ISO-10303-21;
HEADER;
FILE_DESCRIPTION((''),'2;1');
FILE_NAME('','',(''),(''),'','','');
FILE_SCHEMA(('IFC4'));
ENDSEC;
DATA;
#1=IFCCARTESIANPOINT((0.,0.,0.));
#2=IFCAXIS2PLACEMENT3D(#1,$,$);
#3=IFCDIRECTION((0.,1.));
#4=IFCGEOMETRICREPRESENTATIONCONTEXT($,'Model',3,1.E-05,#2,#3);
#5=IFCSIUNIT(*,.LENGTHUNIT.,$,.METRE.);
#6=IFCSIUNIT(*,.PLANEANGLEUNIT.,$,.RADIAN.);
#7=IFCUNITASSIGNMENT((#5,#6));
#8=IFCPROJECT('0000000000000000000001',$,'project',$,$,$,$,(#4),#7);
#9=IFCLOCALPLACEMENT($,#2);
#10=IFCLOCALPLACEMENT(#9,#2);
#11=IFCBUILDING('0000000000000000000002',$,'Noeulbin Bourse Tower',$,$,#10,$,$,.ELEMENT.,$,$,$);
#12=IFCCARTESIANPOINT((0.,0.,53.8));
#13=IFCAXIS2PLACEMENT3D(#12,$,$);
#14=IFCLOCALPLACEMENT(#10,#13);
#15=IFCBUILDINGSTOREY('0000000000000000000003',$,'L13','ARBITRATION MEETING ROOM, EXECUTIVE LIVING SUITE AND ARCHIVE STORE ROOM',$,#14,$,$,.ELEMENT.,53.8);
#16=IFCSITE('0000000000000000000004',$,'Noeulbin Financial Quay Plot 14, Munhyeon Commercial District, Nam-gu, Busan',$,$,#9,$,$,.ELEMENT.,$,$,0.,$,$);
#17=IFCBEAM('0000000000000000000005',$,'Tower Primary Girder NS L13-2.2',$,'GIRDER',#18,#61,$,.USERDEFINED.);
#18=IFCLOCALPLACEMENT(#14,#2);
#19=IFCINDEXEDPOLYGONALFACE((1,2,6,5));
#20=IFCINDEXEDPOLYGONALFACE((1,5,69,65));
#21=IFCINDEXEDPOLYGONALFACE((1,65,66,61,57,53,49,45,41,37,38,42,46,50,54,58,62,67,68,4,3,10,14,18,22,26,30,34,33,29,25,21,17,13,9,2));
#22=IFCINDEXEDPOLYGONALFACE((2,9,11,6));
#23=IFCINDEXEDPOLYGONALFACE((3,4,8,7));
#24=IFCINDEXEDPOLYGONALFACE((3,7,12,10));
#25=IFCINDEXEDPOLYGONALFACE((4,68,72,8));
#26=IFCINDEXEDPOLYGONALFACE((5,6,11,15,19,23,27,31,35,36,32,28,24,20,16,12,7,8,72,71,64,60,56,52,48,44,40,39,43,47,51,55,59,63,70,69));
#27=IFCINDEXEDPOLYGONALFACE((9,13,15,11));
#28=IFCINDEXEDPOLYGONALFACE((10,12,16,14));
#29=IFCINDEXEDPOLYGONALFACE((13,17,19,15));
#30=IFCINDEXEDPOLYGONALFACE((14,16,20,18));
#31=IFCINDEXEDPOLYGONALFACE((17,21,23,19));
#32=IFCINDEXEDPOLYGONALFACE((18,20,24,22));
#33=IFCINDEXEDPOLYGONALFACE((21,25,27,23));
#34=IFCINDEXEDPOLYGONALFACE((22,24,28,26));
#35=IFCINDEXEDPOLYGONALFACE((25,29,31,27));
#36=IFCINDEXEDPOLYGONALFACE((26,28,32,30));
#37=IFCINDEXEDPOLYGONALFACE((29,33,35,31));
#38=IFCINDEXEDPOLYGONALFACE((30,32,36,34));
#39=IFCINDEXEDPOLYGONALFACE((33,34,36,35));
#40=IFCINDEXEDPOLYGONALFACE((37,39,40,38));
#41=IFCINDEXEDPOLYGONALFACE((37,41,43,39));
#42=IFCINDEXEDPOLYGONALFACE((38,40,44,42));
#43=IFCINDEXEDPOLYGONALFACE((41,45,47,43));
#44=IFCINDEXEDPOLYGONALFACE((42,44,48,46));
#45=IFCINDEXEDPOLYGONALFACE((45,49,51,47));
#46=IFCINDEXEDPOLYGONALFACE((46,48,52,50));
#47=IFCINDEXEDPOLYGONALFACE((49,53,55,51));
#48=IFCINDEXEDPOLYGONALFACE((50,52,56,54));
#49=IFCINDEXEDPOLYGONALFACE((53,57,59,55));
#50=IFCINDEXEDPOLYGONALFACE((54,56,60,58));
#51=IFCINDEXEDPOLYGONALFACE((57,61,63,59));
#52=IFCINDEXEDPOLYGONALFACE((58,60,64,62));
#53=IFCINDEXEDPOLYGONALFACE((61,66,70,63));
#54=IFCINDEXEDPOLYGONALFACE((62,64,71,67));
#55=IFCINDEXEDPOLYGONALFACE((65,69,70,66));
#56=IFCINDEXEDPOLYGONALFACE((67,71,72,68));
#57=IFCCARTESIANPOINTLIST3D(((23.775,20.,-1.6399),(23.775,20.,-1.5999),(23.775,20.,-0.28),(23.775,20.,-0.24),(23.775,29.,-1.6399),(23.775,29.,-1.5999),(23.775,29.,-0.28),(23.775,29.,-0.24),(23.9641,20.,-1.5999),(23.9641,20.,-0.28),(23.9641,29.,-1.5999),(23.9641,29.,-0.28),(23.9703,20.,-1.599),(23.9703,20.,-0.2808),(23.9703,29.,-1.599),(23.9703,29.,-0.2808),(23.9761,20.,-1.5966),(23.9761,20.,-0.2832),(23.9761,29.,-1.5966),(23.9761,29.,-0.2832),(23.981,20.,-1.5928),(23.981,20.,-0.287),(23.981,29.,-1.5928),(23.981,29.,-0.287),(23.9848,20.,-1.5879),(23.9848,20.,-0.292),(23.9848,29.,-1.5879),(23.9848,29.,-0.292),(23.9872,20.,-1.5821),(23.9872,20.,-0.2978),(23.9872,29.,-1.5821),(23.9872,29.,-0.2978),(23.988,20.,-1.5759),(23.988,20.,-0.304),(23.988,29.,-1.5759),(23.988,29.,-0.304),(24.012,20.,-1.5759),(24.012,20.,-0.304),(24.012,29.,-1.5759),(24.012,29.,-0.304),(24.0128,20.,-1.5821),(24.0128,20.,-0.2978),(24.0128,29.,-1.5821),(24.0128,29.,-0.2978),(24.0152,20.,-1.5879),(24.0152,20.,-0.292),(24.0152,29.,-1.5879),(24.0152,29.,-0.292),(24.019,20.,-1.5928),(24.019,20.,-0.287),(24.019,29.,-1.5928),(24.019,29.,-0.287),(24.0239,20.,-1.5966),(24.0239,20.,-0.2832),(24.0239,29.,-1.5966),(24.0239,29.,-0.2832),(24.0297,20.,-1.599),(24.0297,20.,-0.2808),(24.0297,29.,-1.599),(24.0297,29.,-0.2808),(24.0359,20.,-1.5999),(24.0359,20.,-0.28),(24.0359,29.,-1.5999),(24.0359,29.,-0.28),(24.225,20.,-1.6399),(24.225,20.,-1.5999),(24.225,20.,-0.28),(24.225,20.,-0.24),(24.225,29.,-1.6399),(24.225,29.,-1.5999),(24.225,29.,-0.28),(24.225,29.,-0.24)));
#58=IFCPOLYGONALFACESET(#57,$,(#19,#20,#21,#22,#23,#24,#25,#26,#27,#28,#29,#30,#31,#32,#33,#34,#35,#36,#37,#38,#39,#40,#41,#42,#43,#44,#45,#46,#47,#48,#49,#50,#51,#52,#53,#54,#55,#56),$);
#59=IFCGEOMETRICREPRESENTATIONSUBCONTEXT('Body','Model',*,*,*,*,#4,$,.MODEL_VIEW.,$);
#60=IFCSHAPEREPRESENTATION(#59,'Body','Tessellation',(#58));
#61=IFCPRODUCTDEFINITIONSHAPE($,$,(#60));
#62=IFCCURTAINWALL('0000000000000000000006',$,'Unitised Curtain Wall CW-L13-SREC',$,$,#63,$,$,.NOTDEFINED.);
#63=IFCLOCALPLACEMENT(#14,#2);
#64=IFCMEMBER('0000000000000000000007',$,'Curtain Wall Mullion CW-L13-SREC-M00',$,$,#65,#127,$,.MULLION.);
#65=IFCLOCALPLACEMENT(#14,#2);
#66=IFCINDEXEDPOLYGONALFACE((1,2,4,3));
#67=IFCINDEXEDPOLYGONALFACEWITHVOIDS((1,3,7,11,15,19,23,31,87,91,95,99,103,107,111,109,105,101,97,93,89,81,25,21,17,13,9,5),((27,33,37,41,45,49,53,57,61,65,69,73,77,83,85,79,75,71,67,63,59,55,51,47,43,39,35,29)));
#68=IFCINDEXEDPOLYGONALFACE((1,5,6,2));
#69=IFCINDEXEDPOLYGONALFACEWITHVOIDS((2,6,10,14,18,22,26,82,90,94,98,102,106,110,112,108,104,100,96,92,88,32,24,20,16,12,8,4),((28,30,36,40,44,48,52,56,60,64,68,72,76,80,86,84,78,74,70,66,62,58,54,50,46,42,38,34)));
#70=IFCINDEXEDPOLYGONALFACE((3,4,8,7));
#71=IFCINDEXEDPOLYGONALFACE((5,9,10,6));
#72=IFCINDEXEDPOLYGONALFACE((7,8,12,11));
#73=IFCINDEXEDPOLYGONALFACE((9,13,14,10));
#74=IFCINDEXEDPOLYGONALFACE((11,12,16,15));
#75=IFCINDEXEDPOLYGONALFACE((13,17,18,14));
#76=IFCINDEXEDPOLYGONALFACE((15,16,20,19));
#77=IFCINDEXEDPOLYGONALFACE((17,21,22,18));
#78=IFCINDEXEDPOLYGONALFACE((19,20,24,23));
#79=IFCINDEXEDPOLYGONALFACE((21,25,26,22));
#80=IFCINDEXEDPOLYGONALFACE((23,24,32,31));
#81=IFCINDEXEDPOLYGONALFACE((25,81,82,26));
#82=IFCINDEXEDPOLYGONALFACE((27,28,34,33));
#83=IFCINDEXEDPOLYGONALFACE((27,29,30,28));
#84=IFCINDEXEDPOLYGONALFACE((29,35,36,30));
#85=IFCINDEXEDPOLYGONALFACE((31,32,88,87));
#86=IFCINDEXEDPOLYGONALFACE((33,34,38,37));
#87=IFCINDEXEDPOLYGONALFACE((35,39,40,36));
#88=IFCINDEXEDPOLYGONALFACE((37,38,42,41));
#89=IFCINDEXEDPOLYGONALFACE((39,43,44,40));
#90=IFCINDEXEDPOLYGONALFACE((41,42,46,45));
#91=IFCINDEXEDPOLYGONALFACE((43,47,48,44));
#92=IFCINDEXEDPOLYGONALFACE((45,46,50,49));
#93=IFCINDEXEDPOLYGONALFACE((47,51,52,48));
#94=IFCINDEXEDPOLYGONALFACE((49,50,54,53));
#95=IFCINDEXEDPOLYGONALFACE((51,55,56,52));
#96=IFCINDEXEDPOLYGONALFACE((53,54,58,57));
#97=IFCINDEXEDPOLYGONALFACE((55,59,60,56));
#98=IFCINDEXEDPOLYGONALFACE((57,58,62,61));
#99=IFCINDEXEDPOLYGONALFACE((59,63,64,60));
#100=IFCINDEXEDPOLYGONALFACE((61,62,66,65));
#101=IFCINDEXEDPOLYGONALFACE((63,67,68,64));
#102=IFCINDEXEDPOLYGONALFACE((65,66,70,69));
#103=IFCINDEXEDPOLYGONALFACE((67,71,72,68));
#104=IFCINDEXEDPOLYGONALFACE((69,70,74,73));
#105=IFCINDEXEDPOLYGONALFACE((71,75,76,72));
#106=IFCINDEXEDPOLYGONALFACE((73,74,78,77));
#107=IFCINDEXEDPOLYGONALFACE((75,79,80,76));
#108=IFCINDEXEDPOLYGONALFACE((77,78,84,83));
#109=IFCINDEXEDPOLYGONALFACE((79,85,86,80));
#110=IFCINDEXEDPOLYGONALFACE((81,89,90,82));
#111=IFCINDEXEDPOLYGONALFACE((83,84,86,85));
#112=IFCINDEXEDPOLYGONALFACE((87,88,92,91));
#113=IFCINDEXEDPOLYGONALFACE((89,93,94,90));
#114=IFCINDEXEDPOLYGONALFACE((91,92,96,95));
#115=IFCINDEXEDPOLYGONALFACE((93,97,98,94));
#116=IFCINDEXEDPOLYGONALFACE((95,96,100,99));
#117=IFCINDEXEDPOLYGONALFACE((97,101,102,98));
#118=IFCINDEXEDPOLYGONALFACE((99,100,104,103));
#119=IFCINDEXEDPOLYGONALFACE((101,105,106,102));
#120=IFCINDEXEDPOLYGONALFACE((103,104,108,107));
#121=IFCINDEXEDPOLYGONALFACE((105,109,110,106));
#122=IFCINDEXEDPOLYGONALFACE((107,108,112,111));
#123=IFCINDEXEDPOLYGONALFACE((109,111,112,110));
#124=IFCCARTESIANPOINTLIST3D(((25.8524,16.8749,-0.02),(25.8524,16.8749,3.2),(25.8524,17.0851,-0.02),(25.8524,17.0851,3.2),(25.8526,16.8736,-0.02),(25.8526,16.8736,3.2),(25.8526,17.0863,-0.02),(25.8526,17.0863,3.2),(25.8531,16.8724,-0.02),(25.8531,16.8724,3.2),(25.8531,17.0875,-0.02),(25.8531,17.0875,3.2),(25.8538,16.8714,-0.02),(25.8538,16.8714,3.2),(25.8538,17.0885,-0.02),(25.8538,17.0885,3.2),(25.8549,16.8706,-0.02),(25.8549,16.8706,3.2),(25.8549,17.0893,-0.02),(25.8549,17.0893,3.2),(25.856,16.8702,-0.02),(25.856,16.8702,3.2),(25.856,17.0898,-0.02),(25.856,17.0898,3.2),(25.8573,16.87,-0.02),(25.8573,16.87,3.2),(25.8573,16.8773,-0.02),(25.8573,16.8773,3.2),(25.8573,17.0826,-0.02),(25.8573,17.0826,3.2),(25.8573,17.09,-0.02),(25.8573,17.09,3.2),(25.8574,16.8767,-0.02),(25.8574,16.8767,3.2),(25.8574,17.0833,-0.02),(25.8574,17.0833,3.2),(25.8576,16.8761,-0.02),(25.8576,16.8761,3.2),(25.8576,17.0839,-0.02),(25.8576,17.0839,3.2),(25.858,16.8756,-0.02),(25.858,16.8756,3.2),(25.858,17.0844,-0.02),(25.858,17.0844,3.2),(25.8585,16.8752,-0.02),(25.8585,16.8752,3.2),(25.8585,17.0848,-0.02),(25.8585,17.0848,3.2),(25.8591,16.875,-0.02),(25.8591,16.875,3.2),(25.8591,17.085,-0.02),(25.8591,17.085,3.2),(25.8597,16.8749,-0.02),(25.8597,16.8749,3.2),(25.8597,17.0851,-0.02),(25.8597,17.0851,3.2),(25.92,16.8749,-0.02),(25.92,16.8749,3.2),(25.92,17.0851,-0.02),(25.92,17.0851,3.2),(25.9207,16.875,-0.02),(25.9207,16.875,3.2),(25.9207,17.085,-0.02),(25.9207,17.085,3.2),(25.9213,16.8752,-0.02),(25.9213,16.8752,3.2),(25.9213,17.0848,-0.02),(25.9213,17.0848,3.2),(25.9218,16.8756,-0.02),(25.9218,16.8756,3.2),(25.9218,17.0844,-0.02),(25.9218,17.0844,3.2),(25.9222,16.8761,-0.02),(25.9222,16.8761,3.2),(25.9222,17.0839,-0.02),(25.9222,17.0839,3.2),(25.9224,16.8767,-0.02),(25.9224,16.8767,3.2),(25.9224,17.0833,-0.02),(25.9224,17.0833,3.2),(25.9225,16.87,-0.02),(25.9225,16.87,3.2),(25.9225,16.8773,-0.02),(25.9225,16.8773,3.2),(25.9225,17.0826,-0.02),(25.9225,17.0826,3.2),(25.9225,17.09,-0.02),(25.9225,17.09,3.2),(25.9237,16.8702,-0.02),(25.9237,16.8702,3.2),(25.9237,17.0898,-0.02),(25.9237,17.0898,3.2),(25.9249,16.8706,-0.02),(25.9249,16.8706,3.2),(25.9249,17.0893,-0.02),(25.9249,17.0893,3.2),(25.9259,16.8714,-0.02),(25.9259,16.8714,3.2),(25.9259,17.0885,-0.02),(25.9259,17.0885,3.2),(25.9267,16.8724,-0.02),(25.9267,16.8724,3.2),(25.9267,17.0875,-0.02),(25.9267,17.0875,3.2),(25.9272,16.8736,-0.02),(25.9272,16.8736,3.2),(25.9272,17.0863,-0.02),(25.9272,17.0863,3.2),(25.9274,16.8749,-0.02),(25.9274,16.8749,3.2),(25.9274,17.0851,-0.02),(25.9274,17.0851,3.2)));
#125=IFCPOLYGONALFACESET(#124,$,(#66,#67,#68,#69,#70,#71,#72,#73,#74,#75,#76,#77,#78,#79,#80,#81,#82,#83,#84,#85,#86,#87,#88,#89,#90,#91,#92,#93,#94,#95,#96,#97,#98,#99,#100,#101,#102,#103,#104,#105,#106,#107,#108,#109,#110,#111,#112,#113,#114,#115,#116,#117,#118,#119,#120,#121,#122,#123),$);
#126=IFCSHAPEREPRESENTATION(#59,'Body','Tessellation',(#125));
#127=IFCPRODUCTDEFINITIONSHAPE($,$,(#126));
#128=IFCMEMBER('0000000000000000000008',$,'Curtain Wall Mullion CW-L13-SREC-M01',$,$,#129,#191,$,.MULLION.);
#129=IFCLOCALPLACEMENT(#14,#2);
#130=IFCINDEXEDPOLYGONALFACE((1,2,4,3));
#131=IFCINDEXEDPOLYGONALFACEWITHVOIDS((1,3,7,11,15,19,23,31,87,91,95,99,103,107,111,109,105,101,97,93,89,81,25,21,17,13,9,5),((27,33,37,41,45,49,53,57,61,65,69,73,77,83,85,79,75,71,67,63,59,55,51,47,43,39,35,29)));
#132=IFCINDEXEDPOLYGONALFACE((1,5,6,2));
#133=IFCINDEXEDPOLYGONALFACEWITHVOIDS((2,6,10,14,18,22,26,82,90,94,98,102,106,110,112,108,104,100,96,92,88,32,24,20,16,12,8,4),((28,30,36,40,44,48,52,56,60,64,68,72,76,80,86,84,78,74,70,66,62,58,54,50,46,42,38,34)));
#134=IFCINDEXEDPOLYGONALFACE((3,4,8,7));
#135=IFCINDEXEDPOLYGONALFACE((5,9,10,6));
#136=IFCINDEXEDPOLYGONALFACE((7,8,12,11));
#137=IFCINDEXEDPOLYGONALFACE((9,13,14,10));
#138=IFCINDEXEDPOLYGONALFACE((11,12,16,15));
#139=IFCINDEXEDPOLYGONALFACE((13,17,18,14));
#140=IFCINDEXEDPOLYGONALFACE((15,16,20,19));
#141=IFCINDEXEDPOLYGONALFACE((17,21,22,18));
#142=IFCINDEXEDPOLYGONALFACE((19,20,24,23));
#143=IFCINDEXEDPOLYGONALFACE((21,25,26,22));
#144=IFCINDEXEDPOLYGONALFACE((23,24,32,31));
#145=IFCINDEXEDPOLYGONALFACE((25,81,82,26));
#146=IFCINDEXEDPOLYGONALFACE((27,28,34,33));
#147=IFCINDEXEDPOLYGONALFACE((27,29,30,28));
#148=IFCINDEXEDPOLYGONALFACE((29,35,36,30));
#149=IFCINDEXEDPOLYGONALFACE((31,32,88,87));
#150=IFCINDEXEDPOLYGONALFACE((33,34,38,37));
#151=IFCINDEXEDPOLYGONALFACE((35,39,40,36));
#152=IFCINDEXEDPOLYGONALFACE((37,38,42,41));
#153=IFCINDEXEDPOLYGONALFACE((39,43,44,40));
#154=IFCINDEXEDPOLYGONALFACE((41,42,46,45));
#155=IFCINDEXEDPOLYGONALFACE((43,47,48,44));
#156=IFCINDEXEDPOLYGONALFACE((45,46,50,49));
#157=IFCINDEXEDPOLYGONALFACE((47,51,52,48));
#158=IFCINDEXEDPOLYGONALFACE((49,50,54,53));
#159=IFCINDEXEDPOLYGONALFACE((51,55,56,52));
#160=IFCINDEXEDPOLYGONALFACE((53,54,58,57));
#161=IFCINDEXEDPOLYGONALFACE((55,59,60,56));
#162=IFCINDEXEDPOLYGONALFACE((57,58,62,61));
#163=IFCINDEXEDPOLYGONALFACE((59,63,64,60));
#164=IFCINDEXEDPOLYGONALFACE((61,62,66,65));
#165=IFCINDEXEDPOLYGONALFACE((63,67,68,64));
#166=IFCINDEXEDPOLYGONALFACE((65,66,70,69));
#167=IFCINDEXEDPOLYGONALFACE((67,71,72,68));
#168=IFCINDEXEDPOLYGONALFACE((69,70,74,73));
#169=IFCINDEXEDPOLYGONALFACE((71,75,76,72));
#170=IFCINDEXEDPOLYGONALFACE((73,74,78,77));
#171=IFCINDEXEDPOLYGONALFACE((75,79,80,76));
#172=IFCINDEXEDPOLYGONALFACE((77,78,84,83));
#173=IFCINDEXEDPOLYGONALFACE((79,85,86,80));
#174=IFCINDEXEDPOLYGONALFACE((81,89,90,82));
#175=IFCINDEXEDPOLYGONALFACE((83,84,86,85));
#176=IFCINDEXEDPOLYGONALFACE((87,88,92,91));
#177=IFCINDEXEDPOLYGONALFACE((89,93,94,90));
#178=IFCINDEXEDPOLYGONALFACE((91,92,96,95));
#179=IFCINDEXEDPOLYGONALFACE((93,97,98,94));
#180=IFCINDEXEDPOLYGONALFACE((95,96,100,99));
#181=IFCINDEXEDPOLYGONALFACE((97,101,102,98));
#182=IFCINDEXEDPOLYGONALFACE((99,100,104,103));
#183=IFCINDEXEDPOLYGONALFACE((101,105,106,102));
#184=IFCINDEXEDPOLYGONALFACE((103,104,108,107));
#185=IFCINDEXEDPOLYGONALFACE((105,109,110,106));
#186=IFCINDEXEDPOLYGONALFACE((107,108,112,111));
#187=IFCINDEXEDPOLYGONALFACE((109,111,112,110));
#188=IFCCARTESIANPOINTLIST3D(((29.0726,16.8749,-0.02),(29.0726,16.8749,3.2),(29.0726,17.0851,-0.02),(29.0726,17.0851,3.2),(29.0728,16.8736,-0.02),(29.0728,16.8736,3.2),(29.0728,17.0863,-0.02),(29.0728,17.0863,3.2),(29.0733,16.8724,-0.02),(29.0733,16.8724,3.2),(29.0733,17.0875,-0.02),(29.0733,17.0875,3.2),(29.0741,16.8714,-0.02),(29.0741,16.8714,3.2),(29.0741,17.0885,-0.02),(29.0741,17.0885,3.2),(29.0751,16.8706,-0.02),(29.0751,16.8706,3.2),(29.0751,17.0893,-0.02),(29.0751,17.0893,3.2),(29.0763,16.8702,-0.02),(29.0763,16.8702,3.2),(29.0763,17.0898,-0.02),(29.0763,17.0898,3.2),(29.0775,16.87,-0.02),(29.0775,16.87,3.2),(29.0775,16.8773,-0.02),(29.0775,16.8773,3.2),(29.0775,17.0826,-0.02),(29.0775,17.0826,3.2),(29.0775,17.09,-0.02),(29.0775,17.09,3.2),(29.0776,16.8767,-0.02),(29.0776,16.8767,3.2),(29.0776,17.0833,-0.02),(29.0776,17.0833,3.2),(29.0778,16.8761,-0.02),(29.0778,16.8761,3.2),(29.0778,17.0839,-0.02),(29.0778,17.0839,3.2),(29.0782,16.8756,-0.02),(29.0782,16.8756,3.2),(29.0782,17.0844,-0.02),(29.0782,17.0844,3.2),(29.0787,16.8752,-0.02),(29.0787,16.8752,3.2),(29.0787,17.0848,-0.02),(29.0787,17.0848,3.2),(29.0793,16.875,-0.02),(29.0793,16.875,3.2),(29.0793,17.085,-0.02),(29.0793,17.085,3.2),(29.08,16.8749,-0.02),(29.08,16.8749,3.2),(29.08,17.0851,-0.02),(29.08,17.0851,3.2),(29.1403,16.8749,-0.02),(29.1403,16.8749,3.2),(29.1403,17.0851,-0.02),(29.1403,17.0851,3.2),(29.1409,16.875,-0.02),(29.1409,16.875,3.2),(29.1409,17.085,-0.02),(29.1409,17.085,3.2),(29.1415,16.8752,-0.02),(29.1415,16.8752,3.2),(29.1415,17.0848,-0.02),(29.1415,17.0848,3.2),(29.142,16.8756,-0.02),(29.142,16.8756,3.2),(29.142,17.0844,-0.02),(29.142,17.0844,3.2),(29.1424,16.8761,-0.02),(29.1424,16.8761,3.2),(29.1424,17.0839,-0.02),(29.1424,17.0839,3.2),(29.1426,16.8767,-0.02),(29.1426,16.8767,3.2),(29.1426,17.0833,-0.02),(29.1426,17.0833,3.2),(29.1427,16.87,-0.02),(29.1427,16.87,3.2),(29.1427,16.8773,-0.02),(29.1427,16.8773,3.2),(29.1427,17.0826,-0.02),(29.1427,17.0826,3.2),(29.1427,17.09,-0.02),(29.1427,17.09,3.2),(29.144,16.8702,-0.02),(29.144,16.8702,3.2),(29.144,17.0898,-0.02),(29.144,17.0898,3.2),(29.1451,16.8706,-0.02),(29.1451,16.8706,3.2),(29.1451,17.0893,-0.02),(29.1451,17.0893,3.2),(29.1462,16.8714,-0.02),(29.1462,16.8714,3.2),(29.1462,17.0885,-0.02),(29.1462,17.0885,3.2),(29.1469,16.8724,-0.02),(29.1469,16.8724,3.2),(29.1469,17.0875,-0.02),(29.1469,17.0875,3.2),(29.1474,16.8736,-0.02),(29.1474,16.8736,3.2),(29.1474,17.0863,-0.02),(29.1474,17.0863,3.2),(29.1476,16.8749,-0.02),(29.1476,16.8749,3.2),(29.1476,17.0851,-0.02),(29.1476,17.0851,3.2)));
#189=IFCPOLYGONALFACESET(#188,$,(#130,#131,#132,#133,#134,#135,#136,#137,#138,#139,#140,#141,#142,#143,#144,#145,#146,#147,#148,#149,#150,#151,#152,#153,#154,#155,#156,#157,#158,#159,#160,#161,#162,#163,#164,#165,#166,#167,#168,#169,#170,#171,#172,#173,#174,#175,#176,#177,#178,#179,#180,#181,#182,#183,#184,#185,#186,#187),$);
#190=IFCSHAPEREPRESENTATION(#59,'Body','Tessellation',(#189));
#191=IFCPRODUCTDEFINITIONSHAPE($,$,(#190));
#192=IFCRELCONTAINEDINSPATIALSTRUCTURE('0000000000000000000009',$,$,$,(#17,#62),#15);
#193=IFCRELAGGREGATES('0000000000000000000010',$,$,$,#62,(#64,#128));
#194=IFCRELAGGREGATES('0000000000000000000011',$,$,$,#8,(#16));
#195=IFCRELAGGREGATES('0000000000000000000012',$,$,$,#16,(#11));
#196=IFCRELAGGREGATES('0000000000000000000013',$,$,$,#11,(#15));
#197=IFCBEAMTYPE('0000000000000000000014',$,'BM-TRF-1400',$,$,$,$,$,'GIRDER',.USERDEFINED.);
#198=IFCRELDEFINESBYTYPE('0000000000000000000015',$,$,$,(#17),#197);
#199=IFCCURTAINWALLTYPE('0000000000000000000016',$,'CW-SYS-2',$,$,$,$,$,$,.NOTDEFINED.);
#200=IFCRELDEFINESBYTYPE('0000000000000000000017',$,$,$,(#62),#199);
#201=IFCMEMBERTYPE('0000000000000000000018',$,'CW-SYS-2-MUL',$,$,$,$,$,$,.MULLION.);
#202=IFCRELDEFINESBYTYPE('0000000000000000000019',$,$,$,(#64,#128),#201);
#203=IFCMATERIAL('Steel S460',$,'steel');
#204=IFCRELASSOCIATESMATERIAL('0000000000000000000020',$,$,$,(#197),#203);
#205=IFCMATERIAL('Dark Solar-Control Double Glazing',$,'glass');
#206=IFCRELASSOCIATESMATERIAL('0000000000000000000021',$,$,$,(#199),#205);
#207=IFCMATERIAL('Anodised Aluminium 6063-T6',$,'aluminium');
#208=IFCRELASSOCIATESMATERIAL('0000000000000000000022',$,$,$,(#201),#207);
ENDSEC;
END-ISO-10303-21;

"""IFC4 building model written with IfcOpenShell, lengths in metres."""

from ifc_helpers import new_model, si_unit, direction, frame, origin, origin_2d, place, context, subcontext, project, spatial, hollow_rectangle, i_section, extrude, material, material_profile, profile_set, type_object, element, aggregate, save


model = new_model("IFC4")

# Units and contexts
model_context = context("Model", 3, precision=1e-05, world=origin(), true_north=direction((0.0, 1.0)))
body_context = subcontext(model_context, "Body", "Model", "MODEL_VIEW")
ifc_project = project(units=[si_unit("LENGTHUNIT", "METRE"), si_unit("PLANEANGLEUNIT", "RADIAN")], contexts=[model_context])

# Site, building, storey
site_placement = place(None, origin())
site = spatial("IfcSite", under=ifc_project, at=site_placement, Name="Noeulbin Financial Quay Plot 14, Munhyeon Commercial District, Nam-gu, Busan", CompositionType="ELEMENT", RefElevation=0.0)
building_placement = place(site_placement, origin())
building = spatial("IfcBuilding", under=site, at=building_placement, Name="Noeulbin Bourse Tower", CompositionType="ELEMENT")
storey_placement = place(building_placement, frame((0.0, 0.0, 53.8)))
storey = spatial("IfcBuildingStorey", under=building, at=storey_placement, Name="L13", Description="ARBITRATION MEETING ROOM, EXECUTIVE LIVING SUITE AND ARCHIVE STORE ROOM", CompositionType="ELEMENT", Elevation=53.8)

# Shared definitions
ifc_material_1 = material(Name="Steel S460", Category="steel")

# Beam
ifc_material_profile_1 = material_profile(ifc_material_1, i_section(OverallWidth=0.45, OverallDepth=1.3999, WebThickness=0.0239, FlangeThickness=0.04, FilletRadius=0.0239, at=origin_2d()), Name="PG-1400x450x24x40", Category="LoadBearing")
ifc_profile_set_1 = profile_set([ifc_material_profile_1], Name="Steel S460")
beam_type_1 = type_object("IfcBeamType", Name="BM-TRF-1400", ElementType="GIRDER", PredefinedType="USERDEFINED", material=ifc_profile_set_1)
beam_1_placement = place(storey_placement, frame((24.0, 20.0, -0.9399), z_axis=(0.0, 1.0, 0.0), x_axis=(-1.0, 0.0, 0.0)))
element("IfcBeam", 1, at=beam_1_placement, inside=storey, type_object=beam_type_1, Name="Tower Primary Girder NS L13-2.2", ObjectType="GIRDER", PredefinedType="USERDEFINED", context=body_context, shape_type="SweptSolid", body=[
    extrude(i_section(OverallWidth=0.45, OverallDepth=1.3999, WebThickness=0.0239, FlangeThickness=0.04, FilletRadius=0.0239, at=origin_2d()), origin(), (0.0, 0.0, 1.0), 9.0),
])

# Curtain wall, members
ifc_material_2 = material(Name="Dark Solar-Control Double Glazing", Category="glass")
curtain_wall_type = type_object("IfcCurtainWallType", Name="CW-SYS-2", PredefinedType="NOTDEFINED", material=ifc_material_2)
curtain_wall_1_placement = place(storey_placement, origin())
curtain_wall_1 = element("IfcCurtainWall", 2, at=curtain_wall_1_placement, inside=storey, type_object=curtain_wall_type, Name="Unitised Curtain Wall CW-L13-SREC", PredefinedType="NOTDEFINED")
ifc_material_3 = material(Name="Anodised Aluminium 6063-T6", Category="aluminium")
ifc_material_profile_2 = material_profile(ifc_material_3, hollow_rectangle(XDim=0.075, YDim=0.22, WallThickness=0.0049, InnerFilletRadius=0.0024, OuterFilletRadius=0.0049, at=origin_2d()), Name="ALU-MULL-75x220x5", Category="LoadBearing")
ifc_profile_set_2 = profile_set([ifc_material_profile_2], Name="Anodised Aluminium 6063-T6")
member_type_1 = type_object("IfcMemberType", Name="CW-SYS-2-MUL", PredefinedType="MULLION", material=ifc_profile_set_2)
member_1_placement = place(storey_placement, frame((25.8899, 16.98, -0.02), z_axis=(0.0, 0.0, 1.0), x_axis=(1.0, 0.0, 0.0)))
member_1 = element("IfcMember", 3, at=member_1_placement, type_object=member_type_1, Name="Curtain Wall Mullion CW-L13-SREC-M00", PredefinedType="MULLION", context=body_context, shape_type="SweptSolid", body=[
    extrude(hollow_rectangle(XDim=0.075, YDim=0.22, WallThickness=0.0049, InnerFilletRadius=0.0024, OuterFilletRadius=0.0049, at=origin_2d()), origin(), (0.0, 0.0, 1.0), 3.22),
])
member_2_placement = place(storey_placement, frame((29.1101, 16.98, -0.02), z_axis=(0.0, 0.0, 1.0), x_axis=(1.0, 0.0, 0.0)))
member_2 = element("IfcMember", 4, at=member_2_placement, type_object=member_type_1, Name="Curtain Wall Mullion CW-L13-SREC-M01", PredefinedType="MULLION", context=body_context, shape_type="SweptSolid", body=[
    extrude(hollow_rectangle(XDim=0.075, YDim=0.22, WallThickness=0.0049, InnerFilletRadius=0.0024, OuterFilletRadius=0.0049, at=origin_2d()), origin(), (0.0, 0.0, 1.0), 3.22),
])

aggregate(curtain_wall_1, [member_1, member_2])

save(model, "model.ifc")
